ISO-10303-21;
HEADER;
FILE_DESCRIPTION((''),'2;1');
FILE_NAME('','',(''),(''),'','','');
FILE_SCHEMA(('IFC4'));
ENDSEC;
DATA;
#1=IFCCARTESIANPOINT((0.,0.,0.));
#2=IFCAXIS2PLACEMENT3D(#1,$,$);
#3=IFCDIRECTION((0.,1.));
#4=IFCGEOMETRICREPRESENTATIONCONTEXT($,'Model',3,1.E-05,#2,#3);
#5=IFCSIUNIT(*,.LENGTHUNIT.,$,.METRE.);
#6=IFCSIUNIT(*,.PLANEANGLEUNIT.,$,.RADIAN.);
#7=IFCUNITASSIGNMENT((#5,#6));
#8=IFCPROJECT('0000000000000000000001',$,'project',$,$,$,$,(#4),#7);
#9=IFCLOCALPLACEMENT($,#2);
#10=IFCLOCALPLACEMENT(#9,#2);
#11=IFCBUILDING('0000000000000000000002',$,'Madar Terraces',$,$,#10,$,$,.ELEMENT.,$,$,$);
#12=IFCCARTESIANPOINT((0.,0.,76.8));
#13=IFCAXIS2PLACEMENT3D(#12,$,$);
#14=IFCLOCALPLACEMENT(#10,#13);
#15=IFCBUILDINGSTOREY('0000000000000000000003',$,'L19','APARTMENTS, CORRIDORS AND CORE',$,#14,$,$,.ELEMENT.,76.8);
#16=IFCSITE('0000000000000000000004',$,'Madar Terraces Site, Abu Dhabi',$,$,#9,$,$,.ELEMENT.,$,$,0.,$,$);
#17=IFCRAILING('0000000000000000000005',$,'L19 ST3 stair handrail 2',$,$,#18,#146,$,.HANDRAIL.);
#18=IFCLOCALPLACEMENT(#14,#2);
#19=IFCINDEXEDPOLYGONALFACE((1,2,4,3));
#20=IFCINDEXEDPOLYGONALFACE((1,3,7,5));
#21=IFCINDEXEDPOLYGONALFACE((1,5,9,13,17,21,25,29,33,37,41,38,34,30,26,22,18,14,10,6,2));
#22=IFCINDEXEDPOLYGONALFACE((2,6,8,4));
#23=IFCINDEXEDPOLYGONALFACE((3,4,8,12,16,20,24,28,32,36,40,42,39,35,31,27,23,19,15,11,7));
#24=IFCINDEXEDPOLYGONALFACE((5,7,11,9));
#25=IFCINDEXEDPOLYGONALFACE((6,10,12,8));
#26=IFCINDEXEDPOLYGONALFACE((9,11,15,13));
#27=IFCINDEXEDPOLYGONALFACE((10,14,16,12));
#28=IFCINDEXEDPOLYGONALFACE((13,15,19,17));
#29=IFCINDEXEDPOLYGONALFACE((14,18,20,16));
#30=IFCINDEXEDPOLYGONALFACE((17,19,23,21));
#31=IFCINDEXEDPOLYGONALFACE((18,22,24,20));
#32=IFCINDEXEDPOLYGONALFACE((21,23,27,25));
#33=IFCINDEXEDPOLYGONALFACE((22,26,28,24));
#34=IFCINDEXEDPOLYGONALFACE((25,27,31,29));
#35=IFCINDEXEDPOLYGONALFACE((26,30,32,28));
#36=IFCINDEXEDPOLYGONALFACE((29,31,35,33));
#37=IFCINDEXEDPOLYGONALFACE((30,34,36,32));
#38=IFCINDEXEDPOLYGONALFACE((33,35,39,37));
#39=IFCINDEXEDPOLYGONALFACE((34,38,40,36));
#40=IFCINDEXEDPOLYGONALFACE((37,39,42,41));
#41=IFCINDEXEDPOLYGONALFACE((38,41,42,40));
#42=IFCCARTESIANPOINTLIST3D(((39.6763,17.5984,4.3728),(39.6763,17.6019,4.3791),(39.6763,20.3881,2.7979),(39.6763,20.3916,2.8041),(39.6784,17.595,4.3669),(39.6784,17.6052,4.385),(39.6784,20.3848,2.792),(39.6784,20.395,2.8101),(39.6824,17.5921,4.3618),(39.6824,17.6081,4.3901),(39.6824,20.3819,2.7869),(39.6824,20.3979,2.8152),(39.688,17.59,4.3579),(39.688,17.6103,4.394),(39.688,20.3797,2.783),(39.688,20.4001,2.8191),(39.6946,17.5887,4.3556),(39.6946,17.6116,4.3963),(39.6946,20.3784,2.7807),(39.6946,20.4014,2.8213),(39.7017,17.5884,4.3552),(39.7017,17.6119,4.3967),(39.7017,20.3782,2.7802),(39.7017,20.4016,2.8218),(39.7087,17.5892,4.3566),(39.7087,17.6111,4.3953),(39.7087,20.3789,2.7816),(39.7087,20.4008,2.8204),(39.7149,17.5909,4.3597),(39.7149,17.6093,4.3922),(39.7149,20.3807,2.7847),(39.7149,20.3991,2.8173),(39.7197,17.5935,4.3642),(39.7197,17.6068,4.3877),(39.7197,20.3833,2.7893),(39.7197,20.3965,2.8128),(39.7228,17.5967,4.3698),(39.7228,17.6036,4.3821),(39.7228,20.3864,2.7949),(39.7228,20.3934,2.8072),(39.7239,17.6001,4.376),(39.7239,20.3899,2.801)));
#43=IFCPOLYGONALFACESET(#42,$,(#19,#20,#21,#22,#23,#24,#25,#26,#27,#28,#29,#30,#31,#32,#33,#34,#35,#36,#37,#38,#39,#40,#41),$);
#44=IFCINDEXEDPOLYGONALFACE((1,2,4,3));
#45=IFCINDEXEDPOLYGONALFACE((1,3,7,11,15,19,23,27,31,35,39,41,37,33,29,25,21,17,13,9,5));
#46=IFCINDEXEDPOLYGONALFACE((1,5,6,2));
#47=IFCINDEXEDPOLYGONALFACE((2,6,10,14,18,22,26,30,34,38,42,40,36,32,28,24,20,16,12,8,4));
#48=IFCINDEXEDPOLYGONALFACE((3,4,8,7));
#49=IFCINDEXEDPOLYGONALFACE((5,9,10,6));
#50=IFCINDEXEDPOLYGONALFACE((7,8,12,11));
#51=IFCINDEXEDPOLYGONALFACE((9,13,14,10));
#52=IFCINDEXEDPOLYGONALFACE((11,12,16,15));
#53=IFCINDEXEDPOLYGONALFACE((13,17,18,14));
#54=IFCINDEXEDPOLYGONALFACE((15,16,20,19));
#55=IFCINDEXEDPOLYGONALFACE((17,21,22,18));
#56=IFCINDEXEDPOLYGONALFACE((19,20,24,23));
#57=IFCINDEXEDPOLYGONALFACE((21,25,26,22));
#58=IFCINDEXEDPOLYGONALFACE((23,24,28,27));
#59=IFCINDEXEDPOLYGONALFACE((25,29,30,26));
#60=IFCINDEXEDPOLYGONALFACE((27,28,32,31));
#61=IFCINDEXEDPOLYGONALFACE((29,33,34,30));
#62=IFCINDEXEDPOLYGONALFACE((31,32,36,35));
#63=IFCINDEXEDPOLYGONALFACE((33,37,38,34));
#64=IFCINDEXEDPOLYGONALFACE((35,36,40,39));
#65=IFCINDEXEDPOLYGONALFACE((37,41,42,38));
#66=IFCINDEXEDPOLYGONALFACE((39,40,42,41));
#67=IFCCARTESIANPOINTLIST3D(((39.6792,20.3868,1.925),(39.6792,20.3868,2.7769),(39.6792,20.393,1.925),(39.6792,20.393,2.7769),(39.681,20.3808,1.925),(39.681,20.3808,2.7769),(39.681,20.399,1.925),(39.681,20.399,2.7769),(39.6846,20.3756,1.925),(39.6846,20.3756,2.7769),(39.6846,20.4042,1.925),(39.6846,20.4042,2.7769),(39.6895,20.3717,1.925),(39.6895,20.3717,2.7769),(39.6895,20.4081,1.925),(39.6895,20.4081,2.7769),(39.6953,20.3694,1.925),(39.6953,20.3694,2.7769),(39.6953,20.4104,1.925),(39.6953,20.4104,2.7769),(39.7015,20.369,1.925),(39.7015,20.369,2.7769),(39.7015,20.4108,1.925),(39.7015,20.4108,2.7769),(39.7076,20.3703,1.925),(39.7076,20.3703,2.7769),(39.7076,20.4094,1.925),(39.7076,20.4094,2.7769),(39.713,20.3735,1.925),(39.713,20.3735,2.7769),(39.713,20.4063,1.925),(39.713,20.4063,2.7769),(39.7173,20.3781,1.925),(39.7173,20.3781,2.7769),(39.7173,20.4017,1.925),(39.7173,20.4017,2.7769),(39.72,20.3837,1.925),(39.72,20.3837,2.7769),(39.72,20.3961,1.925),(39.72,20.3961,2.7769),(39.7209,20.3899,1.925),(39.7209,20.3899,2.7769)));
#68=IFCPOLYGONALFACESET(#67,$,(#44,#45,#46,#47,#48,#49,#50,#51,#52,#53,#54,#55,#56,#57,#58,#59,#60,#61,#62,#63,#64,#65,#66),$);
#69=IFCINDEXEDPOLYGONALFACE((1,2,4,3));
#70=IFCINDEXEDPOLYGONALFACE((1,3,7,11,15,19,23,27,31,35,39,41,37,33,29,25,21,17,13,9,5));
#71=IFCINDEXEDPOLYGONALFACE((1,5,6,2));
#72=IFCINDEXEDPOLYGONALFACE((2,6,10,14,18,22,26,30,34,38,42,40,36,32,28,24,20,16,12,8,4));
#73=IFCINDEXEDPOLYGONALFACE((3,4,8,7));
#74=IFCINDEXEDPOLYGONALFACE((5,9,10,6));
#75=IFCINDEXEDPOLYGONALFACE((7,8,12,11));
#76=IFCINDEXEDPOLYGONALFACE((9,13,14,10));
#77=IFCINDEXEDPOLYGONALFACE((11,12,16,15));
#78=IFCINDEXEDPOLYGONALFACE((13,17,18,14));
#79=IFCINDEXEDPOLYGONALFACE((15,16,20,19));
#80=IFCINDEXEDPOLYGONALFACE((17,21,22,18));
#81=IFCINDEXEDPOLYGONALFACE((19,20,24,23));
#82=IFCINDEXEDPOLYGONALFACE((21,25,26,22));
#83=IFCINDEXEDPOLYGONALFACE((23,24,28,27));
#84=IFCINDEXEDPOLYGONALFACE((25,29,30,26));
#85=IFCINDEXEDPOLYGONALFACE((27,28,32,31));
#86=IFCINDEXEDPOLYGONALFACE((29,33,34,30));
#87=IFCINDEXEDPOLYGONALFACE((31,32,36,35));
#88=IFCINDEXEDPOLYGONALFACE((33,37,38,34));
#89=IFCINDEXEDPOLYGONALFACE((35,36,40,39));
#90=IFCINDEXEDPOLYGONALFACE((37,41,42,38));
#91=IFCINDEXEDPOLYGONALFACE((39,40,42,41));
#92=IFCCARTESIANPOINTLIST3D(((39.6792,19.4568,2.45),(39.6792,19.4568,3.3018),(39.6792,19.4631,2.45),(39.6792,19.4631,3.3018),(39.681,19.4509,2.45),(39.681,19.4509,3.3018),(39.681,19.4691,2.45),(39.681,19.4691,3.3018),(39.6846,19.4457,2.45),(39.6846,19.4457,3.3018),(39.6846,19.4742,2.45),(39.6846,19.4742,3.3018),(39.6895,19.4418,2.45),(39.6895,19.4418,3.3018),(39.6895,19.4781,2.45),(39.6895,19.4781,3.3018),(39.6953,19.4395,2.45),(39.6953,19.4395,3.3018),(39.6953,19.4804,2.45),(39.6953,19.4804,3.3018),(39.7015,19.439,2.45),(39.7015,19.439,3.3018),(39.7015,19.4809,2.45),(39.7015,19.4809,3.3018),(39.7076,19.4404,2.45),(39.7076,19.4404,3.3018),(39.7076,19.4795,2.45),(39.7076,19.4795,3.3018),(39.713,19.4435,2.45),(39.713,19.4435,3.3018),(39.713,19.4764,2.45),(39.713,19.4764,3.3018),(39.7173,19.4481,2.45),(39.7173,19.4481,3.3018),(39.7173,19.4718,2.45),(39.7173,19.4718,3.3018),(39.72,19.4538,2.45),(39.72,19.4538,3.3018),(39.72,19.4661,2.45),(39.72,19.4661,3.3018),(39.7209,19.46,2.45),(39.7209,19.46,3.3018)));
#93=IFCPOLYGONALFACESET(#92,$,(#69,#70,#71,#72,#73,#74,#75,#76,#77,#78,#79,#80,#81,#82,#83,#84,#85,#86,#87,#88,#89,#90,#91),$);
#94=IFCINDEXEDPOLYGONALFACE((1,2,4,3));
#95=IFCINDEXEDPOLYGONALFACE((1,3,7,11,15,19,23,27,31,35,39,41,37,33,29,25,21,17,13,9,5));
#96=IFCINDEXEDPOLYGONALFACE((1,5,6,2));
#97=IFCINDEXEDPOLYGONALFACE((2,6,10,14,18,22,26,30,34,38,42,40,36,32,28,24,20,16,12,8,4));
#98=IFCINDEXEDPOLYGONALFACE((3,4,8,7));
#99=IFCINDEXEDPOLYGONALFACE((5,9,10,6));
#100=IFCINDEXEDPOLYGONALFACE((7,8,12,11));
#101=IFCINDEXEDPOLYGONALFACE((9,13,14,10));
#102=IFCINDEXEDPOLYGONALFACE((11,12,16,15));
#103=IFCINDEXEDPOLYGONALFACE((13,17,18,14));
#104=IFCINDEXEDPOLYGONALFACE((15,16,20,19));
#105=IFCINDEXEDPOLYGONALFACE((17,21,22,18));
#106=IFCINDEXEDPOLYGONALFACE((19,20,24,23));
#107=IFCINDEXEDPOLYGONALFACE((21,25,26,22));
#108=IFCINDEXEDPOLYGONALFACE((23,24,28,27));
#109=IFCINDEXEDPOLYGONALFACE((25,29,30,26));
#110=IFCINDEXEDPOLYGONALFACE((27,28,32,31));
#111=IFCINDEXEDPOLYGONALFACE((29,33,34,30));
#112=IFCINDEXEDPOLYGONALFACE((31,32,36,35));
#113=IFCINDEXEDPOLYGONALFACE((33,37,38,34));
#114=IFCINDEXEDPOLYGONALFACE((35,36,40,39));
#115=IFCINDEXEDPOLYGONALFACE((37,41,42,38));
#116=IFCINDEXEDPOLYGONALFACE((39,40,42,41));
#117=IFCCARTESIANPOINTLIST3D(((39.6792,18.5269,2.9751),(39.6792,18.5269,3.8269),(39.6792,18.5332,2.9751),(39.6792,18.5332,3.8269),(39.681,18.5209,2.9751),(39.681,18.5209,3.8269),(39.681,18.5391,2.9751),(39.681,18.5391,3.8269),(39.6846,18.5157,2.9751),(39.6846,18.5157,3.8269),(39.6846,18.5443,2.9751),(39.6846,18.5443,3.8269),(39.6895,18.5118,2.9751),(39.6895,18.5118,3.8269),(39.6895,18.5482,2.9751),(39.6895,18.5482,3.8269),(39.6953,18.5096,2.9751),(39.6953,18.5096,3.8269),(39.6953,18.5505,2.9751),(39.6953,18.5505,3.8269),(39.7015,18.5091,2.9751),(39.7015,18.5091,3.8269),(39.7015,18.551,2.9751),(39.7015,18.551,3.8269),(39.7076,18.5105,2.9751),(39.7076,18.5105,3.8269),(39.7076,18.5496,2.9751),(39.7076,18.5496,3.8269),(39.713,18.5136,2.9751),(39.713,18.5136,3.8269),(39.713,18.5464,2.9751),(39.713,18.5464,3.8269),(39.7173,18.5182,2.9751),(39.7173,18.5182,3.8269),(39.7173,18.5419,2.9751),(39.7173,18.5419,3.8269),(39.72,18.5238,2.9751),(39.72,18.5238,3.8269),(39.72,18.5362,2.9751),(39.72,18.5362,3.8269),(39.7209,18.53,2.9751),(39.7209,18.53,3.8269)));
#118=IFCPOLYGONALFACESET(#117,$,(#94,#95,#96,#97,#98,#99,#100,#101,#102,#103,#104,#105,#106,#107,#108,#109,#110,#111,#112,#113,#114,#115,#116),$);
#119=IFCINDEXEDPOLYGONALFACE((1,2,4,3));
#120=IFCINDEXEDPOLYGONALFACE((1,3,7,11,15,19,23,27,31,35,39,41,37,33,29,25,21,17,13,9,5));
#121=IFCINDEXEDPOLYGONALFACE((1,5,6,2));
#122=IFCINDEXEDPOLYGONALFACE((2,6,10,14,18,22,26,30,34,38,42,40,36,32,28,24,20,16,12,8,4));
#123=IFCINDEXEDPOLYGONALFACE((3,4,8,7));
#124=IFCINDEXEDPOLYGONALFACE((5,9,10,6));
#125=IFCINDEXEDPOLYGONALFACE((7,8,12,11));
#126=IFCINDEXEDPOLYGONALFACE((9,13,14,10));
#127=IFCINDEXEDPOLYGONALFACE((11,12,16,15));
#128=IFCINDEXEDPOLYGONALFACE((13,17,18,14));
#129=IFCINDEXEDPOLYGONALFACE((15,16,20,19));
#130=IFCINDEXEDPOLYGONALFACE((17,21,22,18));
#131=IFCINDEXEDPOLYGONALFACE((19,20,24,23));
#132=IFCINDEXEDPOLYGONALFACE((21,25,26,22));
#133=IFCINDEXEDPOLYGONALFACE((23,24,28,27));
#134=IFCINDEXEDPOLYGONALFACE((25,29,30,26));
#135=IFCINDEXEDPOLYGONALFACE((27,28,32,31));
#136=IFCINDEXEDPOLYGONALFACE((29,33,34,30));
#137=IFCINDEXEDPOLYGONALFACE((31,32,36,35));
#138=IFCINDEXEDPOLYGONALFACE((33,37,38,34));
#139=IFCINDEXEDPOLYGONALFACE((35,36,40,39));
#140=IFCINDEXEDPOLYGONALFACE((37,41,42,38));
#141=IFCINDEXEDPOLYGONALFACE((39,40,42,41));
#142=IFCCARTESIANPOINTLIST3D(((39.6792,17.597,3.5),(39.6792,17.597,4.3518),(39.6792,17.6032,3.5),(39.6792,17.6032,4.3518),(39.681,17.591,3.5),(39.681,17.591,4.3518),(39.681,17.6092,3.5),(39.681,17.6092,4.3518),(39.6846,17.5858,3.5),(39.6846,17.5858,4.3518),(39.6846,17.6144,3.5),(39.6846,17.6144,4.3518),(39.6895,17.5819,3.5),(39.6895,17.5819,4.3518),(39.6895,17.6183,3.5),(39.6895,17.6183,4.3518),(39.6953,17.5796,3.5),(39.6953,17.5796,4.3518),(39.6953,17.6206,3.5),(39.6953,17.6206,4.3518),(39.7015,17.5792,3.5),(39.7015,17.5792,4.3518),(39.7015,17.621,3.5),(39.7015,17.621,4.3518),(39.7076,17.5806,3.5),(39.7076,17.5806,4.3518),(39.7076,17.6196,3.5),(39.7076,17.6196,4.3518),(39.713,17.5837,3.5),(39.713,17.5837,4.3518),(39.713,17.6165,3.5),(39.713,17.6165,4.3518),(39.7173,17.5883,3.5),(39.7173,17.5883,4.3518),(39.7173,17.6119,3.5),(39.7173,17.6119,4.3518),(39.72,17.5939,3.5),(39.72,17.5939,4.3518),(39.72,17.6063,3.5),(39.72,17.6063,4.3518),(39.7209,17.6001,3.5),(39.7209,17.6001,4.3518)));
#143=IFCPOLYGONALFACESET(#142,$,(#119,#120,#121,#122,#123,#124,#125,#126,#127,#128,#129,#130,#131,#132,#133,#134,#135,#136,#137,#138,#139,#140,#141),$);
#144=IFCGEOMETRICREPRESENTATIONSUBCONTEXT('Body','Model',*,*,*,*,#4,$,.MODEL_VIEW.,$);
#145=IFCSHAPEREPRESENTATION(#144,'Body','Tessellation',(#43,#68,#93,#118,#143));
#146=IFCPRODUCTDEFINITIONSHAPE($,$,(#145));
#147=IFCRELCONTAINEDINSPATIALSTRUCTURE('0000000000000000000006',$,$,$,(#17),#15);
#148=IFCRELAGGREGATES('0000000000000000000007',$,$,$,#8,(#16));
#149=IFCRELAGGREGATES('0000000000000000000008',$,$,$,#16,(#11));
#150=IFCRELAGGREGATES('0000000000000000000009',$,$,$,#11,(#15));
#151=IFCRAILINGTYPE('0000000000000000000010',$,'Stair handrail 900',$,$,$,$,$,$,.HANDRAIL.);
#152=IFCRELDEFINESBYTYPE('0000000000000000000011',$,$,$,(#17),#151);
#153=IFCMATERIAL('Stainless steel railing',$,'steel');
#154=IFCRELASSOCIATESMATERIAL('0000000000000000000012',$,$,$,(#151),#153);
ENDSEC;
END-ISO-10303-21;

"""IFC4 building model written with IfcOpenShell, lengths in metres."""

from ifc_helpers import new_model, si_unit, direction, frame, origin, origin_2d, place, context, subcontext, project, spatial, circle, extrude, material, type_object, element, save


model = new_model("IFC4")

# Units and contexts
model_context = context("Model", 3, precision=1e-05, world=origin(), true_north=direction((0.0, 1.0)))
body_context = subcontext(model_context, "Body", "Model", "MODEL_VIEW")
ifc_project = project(units=[si_unit("LENGTHUNIT", "METRE"), si_unit("PLANEANGLEUNIT", "RADIAN")], contexts=[model_context])

# Site, building, storey
site_placement = place(None, origin())
site = spatial("IfcSite", under=ifc_project, at=site_placement, Name="Madar Terraces Site, Abu Dhabi", CompositionType="ELEMENT", RefElevation=0.0)
building_placement = place(site_placement, origin())
building = spatial("IfcBuilding", under=site, at=building_placement, Name="Madar Terraces", CompositionType="ELEMENT")
storey_placement = place(building_placement, frame((0.0, 0.0, 76.8)))
storey = spatial("IfcBuildingStorey", under=building, at=storey_placement, Name="L19", Description="APARTMENTS, CORRIDORS AND CORE", CompositionType="ELEMENT", Elevation=76.8)

# Railing
ifc_material_1 = material(Name="Stainless steel railing", Category="steel")
railing_type_1 = type_object("IfcRailingType", Name="Stair handrail 900", PredefinedType="HANDRAIL", material=ifc_material_1)
railing_1_placement = place(storey_placement, frame((39.7, 20.3899, 1.925)))
element("IfcRailing", 1, at=railing_1_placement, inside=storey, type_object=railing_type_1, Name="L19 ST3 stair handrail 2", PredefinedType="HANDRAIL", context=body_context, shape_type="SweptSolid", body=[
    extrude(circle(Radius=0.0239, at=origin_2d()), frame((0.0, 0.0, 0.876), z_axis=(0.0, -0.870815, 0.49161), x_axis=(1.0, 0.0, 0.0)), (0.0, 0.0, 1.0), 3.2036),
    extrude(circle(Radius=0.021, at=origin_2d()), origin(), (0.0, 0.0, 1.0), 0.8518),
    extrude(circle(Radius=0.021, at=origin_2d()), frame((0.0, -0.9299, 0.5249)), (0.0, 0.0, 1.0), 0.8518),
    extrude(circle(Radius=0.021, at=origin_2d()), frame((0.0, -1.8599, 1.05)), (0.0, 0.0, 1.0), 0.8518),
    extrude(circle(Radius=0.021, at=origin_2d()), frame((0.0, -2.7898, 1.575)), (0.0, 0.0, 1.0), 0.8518),
])

save(model, "model.ifc")
